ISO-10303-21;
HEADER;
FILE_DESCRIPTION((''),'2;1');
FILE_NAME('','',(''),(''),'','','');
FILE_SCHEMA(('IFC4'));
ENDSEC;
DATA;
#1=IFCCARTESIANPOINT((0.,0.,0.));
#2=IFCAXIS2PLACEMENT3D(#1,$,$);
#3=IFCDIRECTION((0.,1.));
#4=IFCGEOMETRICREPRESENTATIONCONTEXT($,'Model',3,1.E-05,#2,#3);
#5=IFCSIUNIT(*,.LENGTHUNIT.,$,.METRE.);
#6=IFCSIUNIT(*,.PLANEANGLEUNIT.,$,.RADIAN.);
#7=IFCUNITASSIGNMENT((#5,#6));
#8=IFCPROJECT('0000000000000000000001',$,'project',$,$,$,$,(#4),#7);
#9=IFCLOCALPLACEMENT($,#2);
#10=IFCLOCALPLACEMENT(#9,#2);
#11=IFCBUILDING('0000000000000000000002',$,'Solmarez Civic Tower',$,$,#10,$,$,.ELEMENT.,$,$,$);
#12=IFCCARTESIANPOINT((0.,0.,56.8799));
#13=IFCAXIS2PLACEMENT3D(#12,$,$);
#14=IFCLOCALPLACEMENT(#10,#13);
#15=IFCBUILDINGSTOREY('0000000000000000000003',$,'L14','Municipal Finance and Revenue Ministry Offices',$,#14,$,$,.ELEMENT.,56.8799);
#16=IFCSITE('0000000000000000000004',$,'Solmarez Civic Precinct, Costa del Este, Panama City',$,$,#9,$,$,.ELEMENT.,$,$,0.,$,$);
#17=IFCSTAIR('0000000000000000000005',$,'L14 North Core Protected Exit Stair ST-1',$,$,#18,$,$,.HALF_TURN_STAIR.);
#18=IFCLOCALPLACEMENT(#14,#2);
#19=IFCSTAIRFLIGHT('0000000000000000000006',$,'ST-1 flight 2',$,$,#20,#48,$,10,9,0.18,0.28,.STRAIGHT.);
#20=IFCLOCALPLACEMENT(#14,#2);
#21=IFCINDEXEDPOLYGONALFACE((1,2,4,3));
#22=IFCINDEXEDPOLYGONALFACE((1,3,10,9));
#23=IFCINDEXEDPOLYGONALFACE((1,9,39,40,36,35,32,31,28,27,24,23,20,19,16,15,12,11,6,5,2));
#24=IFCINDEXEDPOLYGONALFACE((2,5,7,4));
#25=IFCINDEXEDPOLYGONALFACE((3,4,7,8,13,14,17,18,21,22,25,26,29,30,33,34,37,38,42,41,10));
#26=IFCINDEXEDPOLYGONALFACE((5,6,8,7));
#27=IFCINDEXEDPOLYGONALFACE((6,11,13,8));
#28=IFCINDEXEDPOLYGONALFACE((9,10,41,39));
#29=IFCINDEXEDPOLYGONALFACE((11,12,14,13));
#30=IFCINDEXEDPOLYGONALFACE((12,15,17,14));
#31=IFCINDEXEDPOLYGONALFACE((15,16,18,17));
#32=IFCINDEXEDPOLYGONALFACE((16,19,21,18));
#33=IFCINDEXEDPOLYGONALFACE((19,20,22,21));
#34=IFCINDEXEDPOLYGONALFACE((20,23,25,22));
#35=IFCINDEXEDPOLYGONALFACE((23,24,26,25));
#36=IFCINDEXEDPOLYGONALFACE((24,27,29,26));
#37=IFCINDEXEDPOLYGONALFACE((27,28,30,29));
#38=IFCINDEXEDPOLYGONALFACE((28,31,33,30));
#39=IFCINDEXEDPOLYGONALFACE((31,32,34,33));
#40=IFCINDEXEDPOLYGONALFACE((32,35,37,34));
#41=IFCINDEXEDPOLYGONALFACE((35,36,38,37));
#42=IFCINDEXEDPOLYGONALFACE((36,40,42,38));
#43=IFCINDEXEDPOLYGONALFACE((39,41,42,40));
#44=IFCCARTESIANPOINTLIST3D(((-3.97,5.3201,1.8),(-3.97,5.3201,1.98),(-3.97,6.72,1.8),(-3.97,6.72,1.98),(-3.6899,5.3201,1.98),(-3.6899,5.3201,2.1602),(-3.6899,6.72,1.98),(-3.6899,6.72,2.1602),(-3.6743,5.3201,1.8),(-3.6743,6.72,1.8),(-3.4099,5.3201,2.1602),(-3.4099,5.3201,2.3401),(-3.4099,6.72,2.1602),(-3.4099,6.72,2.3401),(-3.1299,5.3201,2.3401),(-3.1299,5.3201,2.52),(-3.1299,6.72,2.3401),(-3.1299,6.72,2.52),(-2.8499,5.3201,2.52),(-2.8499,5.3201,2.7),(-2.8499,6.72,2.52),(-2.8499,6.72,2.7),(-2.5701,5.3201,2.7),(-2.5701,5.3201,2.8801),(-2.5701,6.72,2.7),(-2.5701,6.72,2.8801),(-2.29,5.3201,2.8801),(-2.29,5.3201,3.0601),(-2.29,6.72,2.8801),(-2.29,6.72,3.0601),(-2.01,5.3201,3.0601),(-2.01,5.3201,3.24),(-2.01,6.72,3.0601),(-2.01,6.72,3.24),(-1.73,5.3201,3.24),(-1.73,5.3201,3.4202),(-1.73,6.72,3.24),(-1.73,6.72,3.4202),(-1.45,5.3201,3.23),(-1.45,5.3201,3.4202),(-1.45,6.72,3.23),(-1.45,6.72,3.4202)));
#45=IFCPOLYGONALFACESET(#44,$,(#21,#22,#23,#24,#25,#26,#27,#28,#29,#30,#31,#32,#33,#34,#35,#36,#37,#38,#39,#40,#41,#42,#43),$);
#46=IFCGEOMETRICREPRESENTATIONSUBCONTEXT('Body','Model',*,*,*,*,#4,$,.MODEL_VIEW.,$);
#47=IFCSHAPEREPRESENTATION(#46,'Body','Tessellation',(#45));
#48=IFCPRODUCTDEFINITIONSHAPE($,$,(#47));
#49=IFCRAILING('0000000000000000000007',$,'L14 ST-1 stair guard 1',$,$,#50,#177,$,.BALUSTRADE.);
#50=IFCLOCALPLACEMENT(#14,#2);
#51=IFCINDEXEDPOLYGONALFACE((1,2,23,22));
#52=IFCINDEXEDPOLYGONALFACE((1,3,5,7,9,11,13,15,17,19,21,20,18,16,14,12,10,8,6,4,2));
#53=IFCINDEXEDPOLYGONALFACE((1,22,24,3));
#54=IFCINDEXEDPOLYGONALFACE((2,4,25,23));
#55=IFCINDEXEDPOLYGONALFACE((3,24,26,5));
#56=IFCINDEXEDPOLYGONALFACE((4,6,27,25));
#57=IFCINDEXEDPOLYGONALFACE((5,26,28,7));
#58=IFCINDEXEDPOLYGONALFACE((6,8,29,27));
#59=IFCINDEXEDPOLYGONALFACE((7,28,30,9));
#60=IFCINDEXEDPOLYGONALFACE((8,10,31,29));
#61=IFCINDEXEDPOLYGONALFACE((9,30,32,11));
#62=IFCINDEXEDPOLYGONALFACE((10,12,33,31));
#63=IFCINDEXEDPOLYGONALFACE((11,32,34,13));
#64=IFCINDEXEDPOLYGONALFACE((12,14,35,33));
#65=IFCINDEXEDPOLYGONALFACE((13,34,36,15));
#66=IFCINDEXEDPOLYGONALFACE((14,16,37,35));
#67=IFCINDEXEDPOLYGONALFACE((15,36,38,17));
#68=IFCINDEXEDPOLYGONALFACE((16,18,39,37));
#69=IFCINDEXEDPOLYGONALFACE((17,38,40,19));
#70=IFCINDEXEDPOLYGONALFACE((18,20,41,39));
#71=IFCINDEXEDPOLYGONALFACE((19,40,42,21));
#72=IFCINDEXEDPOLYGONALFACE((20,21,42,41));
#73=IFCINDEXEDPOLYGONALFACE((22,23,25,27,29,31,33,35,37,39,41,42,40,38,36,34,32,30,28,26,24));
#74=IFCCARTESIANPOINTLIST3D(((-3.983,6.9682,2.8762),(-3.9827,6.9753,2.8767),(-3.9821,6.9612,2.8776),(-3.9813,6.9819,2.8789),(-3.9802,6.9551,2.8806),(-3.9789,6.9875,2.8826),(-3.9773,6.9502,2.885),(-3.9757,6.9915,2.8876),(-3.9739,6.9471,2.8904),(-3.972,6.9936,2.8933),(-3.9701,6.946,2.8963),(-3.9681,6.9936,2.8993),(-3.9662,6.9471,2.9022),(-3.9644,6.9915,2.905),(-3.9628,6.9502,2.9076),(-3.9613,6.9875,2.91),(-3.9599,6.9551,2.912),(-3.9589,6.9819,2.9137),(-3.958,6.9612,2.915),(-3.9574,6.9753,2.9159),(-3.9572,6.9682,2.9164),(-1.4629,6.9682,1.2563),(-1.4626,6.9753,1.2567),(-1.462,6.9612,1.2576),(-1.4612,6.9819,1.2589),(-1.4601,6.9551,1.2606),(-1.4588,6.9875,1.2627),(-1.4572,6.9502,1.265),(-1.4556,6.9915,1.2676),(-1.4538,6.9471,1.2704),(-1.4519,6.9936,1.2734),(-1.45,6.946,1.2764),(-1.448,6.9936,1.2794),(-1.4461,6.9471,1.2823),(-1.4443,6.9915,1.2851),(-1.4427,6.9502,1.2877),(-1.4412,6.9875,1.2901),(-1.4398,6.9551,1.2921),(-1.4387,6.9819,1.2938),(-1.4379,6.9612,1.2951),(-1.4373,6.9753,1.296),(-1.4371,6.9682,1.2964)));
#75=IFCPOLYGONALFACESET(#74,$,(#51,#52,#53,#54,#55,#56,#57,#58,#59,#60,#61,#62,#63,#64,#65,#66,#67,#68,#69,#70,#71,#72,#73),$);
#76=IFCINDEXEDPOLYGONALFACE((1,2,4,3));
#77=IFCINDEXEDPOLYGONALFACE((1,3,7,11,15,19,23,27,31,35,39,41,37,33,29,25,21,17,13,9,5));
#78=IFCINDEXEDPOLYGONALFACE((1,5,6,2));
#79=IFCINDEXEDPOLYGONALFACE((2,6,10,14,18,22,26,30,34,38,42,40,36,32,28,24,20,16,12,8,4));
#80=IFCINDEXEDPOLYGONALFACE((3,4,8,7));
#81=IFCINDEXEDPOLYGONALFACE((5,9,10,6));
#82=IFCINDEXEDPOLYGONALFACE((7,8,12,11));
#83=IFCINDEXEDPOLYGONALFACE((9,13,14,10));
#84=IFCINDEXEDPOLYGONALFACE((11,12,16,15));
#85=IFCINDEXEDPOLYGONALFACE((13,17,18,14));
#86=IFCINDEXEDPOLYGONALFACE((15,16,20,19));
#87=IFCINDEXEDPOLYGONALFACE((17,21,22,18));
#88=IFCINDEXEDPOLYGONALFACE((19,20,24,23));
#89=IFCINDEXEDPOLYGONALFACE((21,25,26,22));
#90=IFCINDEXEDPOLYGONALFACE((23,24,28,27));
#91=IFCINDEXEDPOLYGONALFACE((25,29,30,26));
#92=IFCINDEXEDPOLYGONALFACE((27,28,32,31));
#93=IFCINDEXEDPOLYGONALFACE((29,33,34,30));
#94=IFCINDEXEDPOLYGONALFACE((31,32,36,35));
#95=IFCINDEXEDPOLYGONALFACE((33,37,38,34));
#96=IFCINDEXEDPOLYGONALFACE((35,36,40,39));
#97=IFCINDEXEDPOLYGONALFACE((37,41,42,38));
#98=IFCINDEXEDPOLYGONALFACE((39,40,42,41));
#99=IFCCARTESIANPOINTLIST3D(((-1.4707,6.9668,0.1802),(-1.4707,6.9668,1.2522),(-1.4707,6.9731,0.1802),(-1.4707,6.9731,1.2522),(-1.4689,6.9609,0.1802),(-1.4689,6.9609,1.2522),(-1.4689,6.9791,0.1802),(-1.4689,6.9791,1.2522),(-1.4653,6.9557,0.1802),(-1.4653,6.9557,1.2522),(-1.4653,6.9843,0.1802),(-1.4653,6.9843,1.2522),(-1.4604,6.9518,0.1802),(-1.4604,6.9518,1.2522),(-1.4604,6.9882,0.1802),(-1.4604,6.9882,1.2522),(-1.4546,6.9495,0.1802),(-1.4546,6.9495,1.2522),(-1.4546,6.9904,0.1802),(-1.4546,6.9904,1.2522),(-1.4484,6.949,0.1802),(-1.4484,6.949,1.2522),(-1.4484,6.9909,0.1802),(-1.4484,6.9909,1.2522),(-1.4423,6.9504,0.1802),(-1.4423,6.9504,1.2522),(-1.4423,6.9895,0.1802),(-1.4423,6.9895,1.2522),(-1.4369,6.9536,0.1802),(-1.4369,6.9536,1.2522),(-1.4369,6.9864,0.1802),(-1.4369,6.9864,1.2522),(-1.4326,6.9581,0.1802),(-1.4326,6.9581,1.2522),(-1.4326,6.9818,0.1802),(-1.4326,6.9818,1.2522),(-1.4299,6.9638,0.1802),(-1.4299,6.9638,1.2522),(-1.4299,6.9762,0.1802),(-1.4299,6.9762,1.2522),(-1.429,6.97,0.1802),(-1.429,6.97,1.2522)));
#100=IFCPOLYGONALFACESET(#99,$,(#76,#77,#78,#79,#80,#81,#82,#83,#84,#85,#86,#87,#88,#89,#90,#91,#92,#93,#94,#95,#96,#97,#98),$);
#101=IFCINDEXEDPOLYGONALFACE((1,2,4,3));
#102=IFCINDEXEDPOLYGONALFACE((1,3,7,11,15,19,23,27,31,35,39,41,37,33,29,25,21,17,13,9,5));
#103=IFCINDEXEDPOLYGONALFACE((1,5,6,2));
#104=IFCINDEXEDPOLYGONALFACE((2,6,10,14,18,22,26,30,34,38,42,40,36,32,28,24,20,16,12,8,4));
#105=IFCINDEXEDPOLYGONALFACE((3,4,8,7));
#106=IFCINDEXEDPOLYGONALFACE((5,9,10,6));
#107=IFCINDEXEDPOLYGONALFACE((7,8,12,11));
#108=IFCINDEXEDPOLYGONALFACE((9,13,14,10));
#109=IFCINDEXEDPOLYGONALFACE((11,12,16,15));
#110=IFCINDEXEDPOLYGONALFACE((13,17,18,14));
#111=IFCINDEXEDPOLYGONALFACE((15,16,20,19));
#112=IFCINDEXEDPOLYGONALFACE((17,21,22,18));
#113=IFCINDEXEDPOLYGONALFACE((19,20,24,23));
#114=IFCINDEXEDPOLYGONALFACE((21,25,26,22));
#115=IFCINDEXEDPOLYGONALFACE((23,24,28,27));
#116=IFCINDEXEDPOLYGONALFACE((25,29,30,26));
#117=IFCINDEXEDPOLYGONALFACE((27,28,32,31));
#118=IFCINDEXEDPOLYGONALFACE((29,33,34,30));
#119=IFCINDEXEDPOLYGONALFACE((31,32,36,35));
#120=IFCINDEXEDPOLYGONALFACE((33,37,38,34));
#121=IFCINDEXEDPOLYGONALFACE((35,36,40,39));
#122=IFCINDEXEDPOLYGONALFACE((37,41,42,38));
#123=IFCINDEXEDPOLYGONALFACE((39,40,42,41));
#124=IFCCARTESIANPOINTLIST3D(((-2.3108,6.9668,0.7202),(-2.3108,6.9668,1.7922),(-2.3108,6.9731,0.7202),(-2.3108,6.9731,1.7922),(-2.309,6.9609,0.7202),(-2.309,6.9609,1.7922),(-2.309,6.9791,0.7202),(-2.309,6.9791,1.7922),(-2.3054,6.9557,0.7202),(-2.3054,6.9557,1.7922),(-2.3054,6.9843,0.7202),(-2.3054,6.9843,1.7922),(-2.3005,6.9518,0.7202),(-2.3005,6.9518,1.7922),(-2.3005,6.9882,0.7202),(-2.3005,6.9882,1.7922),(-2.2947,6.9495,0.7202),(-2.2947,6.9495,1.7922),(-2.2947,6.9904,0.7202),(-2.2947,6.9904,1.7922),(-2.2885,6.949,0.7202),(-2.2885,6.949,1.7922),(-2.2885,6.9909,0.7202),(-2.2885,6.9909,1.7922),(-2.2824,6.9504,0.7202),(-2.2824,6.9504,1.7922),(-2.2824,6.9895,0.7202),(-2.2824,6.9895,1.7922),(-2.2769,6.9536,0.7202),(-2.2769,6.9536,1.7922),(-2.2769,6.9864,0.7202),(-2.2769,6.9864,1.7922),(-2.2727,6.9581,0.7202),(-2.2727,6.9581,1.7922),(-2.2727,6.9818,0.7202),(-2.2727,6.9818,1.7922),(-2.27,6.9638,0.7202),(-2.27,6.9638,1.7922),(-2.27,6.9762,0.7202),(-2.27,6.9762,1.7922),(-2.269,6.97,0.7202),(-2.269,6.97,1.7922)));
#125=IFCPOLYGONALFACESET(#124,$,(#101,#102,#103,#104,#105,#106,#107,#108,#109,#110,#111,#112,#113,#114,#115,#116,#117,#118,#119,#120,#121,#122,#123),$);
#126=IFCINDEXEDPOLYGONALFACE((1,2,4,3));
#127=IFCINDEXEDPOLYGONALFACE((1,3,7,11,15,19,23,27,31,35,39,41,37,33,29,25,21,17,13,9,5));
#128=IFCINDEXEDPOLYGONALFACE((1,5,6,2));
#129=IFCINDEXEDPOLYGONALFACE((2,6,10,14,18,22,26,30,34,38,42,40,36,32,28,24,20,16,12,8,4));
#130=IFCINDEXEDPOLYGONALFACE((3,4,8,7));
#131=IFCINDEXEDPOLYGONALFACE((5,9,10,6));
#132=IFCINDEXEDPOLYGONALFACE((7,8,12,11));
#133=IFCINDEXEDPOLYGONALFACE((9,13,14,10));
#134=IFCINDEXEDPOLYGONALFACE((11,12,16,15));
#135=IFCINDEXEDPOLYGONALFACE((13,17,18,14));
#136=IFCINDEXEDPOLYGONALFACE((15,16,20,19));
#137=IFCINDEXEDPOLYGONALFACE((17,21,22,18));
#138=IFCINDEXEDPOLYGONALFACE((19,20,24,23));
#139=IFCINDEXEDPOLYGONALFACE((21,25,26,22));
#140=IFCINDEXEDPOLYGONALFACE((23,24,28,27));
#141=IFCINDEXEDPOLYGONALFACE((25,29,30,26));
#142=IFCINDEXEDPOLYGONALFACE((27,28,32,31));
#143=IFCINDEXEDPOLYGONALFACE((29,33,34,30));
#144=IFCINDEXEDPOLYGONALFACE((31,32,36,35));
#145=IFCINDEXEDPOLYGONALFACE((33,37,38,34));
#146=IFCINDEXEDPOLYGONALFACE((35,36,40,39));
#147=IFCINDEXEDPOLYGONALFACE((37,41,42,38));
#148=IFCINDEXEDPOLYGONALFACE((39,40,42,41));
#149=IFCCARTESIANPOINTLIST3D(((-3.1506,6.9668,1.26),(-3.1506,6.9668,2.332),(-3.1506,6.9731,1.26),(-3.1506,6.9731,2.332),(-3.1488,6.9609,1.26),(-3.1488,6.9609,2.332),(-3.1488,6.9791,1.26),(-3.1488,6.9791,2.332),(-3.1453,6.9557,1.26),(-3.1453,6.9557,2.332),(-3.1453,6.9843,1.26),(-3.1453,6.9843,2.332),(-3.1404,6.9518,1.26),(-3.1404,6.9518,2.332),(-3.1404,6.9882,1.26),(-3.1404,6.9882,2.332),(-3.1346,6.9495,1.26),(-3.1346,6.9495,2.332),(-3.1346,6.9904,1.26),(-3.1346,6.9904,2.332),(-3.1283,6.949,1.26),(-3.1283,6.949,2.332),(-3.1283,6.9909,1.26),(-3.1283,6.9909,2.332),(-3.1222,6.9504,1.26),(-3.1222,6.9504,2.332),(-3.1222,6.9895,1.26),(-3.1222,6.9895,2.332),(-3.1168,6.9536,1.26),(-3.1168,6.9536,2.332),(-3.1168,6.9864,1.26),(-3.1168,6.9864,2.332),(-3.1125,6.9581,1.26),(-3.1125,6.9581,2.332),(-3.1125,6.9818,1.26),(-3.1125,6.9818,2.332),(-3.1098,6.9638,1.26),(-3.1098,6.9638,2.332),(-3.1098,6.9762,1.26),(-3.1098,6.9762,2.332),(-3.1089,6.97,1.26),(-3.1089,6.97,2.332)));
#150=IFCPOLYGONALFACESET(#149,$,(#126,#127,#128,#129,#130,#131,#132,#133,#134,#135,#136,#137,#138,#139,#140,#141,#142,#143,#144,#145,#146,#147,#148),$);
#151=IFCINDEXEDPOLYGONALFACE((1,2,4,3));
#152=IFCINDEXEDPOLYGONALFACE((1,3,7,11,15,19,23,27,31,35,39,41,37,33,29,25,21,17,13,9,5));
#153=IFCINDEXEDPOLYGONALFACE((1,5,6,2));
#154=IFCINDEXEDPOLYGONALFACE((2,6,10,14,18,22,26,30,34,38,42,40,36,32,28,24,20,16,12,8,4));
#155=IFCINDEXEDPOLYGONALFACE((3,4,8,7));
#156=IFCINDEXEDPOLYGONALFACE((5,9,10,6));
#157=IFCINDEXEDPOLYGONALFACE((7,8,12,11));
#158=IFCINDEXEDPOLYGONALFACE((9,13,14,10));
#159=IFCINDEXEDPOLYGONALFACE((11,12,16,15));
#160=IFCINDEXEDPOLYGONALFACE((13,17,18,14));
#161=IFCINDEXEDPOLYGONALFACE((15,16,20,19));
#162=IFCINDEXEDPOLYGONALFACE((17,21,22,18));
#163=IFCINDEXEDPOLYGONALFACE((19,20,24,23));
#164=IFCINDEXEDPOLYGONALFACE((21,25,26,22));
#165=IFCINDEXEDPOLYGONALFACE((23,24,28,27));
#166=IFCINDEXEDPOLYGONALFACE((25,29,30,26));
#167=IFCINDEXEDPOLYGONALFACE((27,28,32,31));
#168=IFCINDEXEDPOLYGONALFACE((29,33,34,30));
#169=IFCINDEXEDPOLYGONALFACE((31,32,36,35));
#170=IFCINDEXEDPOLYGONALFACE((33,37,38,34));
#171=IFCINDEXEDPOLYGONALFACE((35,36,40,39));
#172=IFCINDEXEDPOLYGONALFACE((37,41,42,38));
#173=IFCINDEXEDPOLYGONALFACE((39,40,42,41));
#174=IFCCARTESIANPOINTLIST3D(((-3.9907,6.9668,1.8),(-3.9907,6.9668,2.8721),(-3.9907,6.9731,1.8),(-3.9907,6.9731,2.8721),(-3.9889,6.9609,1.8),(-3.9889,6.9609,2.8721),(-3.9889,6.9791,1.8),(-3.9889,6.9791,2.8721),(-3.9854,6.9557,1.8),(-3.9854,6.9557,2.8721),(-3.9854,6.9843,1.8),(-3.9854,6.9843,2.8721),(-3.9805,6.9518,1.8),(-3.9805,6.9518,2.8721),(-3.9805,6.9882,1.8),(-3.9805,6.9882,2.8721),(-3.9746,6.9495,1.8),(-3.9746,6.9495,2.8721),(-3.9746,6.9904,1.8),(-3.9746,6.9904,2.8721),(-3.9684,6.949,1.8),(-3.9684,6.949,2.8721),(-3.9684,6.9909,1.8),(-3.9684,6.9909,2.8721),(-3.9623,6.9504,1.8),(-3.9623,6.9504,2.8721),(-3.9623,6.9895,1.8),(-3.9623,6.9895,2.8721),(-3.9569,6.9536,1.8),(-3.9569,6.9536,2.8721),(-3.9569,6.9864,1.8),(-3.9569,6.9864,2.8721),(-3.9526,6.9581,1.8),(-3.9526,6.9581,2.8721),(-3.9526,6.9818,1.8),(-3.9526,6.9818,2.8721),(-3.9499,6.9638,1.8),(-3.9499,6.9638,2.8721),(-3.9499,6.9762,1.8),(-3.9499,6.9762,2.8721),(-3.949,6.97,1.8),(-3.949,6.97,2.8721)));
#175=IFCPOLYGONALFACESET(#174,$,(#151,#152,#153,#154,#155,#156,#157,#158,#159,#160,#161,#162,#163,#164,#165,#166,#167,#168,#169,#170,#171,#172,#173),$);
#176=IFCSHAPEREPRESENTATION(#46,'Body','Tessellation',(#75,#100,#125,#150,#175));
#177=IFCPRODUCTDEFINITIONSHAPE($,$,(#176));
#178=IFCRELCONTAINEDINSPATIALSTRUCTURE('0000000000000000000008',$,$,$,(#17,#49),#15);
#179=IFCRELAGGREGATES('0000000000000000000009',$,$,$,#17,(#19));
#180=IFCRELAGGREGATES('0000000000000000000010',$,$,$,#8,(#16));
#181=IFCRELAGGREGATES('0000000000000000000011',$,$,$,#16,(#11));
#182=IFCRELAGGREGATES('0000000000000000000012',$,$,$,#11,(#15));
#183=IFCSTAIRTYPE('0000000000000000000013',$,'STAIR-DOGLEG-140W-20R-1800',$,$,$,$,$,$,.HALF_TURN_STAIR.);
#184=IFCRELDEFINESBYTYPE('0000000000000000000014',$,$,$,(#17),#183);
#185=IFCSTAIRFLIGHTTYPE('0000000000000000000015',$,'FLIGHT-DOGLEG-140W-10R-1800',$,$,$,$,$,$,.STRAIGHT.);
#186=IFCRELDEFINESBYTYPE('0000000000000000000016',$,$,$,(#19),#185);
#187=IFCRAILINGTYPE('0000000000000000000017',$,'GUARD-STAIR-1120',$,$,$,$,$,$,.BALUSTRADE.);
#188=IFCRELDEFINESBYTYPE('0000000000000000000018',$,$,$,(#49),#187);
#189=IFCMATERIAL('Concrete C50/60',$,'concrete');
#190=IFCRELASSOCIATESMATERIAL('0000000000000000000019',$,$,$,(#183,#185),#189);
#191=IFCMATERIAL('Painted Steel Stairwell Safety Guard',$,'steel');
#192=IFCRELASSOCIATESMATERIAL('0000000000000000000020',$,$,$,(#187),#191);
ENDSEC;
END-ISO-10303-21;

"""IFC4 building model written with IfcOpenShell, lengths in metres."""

from ifc_helpers import new_model, si_unit, direction, frame, origin, origin_2d, place, context, subcontext, project, spatial, polyline, circle, outline, extrude, material, type_object, element, aggregate, save


model = new_model("IFC4")

# Units and contexts
model_context = context("Model", 3, precision=1e-05, world=origin(), true_north=direction((0.0, 1.0)))
body_context = subcontext(model_context, "Body", "Model", "MODEL_VIEW")
ifc_project = project(units=[si_unit("LENGTHUNIT", "METRE"), si_unit("PLANEANGLEUNIT", "RADIAN")], contexts=[model_context])

# Site, building, storey
site_placement = place(None, origin())
site = spatial("IfcSite", under=ifc_project, at=site_placement, Name="Solmarez Civic Precinct, Costa del Este, Panama City", CompositionType="ELEMENT", RefElevation=0.0)
building_placement = place(site_placement, origin())
building = spatial("IfcBuilding", under=site, at=building_placement, Name="Solmarez Civic Tower", CompositionType="ELEMENT")
storey_placement = place(building_placement, frame((0.0, 0.0, 56.8799)))
storey = spatial("IfcBuildingStorey", under=building, at=storey_placement, Name="L14", Description="Municipal Finance and Revenue Ministry Offices", CompositionType="ELEMENT", Elevation=56.8799)

# Shared definitions
ifc_material_1 = material(Name="Concrete C50/60", Category="concrete")

# Stair, stair flight
stair_type = type_object("IfcStairType", Name="STAIR-DOGLEG-140W-20R-1800", PredefinedType="HALF_TURN_STAIR", material=ifc_material_1)
stair_placement = place(storey_placement, origin())
stair = element("IfcStair", 1, at=stair_placement, inside=storey, type_object=stair_type, Name="L14 North Core Protected Exit Stair ST-1", PredefinedType="HALF_TURN_STAIR")
stair_flight_type = type_object("IfcStairFlightType", Name="FLIGHT-DOGLEG-140W-10R-1800", PredefinedType="STRAIGHT", material=ifc_material_1)
stair_flight_1_placement = place(storey_placement, frame((-3.97, 6.02, 1.8), z_axis=(0.0, 0.0, 1.0), x_axis=(1.0, 0.0, 0.0)))
stair_flight_1 = element("IfcStairFlight", 2, at=stair_flight_1_placement, type_object=stair_flight_type, Name="ST-1 flight 2", NumberOfRisers=10, NumberOfTreads=9, PredefinedType="STRAIGHT", RiserHeight=0.18, TreadLength=0.28, context=body_context, shape_type="SweptSolid", body=[
    extrude(outline(polyline([(0.0, 0.0), (0.0, 0.1799), (0.28, 0.1799), (0.28, 0.3601), (0.5601, 0.3601), (0.5601, 0.54), (0.8401, 0.54), (0.8401, 0.72), (1.1201, 0.72), (1.1201, 0.8999), (1.3999, 0.8999), (1.3999, 1.0801), (1.6799, 1.0801), (1.6799, 1.26), (1.96, 1.26), (1.96, 1.4399), (2.24, 1.4399), (2.24, 1.6201), (2.52, 1.6201), (2.52, 1.8), (2.52, 1.4299), (0.2957, 0.0), (0.0, 0.0)])), frame((0.0, 0.7, 0.0), z_axis=(0.0, -1.0, 0.0), x_axis=(1.0, 0.0, 0.0)), (0.0, 0.0, 1.0), 1.3999),
])
aggregate(stair, [stair_flight_1])

# Railing
ifc_material_2 = material(Name="Painted Steel Stairwell Safety Guard", Category="steel")
railing_type_1 = type_object("IfcRailingType", Name="GUARD-STAIR-1120", PredefinedType="BALUSTRADE", material=ifc_material_2)
railing_1_placement = place(storey_placement, frame((-1.45, 6.97, 0.1802)))
element("IfcRailing", 3, at=railing_1_placement, inside=storey, type_object=railing_type_1, Name="L14 ST-1 stair guard 1", PredefinedType="BALUSTRADE", context=body_context, shape_type="SweptSolid", body=[
    extrude(circle(Radius=0.0239, at=origin_2d()), frame((0.0, 0.0, 1.0962), z_axis=(-0.8412, 0.0, 0.540725), x_axis=(0.0, -1.0, 0.0)), (0.0, 0.0, 1.0), 2.9958),
    extrude(circle(Radius=0.021, at=origin_2d()), origin(), (0.0, 0.0, 1.0), 1.072),
    extrude(circle(Radius=0.021, at=origin_2d()), frame((-0.8401, 0.0, 0.54)), (0.0, 0.0, 1.0), 1.072),
    extrude(circle(Radius=0.021, at=origin_2d()), frame((-1.6799, 0.0, 1.0798)), (0.0, 0.0, 1.0), 1.072),
    extrude(circle(Radius=0.021, at=origin_2d()), frame((-2.52, 0.0, 1.6199)), (0.0, 0.0, 1.0), 1.072),
])

save(model, "model.ifc")
